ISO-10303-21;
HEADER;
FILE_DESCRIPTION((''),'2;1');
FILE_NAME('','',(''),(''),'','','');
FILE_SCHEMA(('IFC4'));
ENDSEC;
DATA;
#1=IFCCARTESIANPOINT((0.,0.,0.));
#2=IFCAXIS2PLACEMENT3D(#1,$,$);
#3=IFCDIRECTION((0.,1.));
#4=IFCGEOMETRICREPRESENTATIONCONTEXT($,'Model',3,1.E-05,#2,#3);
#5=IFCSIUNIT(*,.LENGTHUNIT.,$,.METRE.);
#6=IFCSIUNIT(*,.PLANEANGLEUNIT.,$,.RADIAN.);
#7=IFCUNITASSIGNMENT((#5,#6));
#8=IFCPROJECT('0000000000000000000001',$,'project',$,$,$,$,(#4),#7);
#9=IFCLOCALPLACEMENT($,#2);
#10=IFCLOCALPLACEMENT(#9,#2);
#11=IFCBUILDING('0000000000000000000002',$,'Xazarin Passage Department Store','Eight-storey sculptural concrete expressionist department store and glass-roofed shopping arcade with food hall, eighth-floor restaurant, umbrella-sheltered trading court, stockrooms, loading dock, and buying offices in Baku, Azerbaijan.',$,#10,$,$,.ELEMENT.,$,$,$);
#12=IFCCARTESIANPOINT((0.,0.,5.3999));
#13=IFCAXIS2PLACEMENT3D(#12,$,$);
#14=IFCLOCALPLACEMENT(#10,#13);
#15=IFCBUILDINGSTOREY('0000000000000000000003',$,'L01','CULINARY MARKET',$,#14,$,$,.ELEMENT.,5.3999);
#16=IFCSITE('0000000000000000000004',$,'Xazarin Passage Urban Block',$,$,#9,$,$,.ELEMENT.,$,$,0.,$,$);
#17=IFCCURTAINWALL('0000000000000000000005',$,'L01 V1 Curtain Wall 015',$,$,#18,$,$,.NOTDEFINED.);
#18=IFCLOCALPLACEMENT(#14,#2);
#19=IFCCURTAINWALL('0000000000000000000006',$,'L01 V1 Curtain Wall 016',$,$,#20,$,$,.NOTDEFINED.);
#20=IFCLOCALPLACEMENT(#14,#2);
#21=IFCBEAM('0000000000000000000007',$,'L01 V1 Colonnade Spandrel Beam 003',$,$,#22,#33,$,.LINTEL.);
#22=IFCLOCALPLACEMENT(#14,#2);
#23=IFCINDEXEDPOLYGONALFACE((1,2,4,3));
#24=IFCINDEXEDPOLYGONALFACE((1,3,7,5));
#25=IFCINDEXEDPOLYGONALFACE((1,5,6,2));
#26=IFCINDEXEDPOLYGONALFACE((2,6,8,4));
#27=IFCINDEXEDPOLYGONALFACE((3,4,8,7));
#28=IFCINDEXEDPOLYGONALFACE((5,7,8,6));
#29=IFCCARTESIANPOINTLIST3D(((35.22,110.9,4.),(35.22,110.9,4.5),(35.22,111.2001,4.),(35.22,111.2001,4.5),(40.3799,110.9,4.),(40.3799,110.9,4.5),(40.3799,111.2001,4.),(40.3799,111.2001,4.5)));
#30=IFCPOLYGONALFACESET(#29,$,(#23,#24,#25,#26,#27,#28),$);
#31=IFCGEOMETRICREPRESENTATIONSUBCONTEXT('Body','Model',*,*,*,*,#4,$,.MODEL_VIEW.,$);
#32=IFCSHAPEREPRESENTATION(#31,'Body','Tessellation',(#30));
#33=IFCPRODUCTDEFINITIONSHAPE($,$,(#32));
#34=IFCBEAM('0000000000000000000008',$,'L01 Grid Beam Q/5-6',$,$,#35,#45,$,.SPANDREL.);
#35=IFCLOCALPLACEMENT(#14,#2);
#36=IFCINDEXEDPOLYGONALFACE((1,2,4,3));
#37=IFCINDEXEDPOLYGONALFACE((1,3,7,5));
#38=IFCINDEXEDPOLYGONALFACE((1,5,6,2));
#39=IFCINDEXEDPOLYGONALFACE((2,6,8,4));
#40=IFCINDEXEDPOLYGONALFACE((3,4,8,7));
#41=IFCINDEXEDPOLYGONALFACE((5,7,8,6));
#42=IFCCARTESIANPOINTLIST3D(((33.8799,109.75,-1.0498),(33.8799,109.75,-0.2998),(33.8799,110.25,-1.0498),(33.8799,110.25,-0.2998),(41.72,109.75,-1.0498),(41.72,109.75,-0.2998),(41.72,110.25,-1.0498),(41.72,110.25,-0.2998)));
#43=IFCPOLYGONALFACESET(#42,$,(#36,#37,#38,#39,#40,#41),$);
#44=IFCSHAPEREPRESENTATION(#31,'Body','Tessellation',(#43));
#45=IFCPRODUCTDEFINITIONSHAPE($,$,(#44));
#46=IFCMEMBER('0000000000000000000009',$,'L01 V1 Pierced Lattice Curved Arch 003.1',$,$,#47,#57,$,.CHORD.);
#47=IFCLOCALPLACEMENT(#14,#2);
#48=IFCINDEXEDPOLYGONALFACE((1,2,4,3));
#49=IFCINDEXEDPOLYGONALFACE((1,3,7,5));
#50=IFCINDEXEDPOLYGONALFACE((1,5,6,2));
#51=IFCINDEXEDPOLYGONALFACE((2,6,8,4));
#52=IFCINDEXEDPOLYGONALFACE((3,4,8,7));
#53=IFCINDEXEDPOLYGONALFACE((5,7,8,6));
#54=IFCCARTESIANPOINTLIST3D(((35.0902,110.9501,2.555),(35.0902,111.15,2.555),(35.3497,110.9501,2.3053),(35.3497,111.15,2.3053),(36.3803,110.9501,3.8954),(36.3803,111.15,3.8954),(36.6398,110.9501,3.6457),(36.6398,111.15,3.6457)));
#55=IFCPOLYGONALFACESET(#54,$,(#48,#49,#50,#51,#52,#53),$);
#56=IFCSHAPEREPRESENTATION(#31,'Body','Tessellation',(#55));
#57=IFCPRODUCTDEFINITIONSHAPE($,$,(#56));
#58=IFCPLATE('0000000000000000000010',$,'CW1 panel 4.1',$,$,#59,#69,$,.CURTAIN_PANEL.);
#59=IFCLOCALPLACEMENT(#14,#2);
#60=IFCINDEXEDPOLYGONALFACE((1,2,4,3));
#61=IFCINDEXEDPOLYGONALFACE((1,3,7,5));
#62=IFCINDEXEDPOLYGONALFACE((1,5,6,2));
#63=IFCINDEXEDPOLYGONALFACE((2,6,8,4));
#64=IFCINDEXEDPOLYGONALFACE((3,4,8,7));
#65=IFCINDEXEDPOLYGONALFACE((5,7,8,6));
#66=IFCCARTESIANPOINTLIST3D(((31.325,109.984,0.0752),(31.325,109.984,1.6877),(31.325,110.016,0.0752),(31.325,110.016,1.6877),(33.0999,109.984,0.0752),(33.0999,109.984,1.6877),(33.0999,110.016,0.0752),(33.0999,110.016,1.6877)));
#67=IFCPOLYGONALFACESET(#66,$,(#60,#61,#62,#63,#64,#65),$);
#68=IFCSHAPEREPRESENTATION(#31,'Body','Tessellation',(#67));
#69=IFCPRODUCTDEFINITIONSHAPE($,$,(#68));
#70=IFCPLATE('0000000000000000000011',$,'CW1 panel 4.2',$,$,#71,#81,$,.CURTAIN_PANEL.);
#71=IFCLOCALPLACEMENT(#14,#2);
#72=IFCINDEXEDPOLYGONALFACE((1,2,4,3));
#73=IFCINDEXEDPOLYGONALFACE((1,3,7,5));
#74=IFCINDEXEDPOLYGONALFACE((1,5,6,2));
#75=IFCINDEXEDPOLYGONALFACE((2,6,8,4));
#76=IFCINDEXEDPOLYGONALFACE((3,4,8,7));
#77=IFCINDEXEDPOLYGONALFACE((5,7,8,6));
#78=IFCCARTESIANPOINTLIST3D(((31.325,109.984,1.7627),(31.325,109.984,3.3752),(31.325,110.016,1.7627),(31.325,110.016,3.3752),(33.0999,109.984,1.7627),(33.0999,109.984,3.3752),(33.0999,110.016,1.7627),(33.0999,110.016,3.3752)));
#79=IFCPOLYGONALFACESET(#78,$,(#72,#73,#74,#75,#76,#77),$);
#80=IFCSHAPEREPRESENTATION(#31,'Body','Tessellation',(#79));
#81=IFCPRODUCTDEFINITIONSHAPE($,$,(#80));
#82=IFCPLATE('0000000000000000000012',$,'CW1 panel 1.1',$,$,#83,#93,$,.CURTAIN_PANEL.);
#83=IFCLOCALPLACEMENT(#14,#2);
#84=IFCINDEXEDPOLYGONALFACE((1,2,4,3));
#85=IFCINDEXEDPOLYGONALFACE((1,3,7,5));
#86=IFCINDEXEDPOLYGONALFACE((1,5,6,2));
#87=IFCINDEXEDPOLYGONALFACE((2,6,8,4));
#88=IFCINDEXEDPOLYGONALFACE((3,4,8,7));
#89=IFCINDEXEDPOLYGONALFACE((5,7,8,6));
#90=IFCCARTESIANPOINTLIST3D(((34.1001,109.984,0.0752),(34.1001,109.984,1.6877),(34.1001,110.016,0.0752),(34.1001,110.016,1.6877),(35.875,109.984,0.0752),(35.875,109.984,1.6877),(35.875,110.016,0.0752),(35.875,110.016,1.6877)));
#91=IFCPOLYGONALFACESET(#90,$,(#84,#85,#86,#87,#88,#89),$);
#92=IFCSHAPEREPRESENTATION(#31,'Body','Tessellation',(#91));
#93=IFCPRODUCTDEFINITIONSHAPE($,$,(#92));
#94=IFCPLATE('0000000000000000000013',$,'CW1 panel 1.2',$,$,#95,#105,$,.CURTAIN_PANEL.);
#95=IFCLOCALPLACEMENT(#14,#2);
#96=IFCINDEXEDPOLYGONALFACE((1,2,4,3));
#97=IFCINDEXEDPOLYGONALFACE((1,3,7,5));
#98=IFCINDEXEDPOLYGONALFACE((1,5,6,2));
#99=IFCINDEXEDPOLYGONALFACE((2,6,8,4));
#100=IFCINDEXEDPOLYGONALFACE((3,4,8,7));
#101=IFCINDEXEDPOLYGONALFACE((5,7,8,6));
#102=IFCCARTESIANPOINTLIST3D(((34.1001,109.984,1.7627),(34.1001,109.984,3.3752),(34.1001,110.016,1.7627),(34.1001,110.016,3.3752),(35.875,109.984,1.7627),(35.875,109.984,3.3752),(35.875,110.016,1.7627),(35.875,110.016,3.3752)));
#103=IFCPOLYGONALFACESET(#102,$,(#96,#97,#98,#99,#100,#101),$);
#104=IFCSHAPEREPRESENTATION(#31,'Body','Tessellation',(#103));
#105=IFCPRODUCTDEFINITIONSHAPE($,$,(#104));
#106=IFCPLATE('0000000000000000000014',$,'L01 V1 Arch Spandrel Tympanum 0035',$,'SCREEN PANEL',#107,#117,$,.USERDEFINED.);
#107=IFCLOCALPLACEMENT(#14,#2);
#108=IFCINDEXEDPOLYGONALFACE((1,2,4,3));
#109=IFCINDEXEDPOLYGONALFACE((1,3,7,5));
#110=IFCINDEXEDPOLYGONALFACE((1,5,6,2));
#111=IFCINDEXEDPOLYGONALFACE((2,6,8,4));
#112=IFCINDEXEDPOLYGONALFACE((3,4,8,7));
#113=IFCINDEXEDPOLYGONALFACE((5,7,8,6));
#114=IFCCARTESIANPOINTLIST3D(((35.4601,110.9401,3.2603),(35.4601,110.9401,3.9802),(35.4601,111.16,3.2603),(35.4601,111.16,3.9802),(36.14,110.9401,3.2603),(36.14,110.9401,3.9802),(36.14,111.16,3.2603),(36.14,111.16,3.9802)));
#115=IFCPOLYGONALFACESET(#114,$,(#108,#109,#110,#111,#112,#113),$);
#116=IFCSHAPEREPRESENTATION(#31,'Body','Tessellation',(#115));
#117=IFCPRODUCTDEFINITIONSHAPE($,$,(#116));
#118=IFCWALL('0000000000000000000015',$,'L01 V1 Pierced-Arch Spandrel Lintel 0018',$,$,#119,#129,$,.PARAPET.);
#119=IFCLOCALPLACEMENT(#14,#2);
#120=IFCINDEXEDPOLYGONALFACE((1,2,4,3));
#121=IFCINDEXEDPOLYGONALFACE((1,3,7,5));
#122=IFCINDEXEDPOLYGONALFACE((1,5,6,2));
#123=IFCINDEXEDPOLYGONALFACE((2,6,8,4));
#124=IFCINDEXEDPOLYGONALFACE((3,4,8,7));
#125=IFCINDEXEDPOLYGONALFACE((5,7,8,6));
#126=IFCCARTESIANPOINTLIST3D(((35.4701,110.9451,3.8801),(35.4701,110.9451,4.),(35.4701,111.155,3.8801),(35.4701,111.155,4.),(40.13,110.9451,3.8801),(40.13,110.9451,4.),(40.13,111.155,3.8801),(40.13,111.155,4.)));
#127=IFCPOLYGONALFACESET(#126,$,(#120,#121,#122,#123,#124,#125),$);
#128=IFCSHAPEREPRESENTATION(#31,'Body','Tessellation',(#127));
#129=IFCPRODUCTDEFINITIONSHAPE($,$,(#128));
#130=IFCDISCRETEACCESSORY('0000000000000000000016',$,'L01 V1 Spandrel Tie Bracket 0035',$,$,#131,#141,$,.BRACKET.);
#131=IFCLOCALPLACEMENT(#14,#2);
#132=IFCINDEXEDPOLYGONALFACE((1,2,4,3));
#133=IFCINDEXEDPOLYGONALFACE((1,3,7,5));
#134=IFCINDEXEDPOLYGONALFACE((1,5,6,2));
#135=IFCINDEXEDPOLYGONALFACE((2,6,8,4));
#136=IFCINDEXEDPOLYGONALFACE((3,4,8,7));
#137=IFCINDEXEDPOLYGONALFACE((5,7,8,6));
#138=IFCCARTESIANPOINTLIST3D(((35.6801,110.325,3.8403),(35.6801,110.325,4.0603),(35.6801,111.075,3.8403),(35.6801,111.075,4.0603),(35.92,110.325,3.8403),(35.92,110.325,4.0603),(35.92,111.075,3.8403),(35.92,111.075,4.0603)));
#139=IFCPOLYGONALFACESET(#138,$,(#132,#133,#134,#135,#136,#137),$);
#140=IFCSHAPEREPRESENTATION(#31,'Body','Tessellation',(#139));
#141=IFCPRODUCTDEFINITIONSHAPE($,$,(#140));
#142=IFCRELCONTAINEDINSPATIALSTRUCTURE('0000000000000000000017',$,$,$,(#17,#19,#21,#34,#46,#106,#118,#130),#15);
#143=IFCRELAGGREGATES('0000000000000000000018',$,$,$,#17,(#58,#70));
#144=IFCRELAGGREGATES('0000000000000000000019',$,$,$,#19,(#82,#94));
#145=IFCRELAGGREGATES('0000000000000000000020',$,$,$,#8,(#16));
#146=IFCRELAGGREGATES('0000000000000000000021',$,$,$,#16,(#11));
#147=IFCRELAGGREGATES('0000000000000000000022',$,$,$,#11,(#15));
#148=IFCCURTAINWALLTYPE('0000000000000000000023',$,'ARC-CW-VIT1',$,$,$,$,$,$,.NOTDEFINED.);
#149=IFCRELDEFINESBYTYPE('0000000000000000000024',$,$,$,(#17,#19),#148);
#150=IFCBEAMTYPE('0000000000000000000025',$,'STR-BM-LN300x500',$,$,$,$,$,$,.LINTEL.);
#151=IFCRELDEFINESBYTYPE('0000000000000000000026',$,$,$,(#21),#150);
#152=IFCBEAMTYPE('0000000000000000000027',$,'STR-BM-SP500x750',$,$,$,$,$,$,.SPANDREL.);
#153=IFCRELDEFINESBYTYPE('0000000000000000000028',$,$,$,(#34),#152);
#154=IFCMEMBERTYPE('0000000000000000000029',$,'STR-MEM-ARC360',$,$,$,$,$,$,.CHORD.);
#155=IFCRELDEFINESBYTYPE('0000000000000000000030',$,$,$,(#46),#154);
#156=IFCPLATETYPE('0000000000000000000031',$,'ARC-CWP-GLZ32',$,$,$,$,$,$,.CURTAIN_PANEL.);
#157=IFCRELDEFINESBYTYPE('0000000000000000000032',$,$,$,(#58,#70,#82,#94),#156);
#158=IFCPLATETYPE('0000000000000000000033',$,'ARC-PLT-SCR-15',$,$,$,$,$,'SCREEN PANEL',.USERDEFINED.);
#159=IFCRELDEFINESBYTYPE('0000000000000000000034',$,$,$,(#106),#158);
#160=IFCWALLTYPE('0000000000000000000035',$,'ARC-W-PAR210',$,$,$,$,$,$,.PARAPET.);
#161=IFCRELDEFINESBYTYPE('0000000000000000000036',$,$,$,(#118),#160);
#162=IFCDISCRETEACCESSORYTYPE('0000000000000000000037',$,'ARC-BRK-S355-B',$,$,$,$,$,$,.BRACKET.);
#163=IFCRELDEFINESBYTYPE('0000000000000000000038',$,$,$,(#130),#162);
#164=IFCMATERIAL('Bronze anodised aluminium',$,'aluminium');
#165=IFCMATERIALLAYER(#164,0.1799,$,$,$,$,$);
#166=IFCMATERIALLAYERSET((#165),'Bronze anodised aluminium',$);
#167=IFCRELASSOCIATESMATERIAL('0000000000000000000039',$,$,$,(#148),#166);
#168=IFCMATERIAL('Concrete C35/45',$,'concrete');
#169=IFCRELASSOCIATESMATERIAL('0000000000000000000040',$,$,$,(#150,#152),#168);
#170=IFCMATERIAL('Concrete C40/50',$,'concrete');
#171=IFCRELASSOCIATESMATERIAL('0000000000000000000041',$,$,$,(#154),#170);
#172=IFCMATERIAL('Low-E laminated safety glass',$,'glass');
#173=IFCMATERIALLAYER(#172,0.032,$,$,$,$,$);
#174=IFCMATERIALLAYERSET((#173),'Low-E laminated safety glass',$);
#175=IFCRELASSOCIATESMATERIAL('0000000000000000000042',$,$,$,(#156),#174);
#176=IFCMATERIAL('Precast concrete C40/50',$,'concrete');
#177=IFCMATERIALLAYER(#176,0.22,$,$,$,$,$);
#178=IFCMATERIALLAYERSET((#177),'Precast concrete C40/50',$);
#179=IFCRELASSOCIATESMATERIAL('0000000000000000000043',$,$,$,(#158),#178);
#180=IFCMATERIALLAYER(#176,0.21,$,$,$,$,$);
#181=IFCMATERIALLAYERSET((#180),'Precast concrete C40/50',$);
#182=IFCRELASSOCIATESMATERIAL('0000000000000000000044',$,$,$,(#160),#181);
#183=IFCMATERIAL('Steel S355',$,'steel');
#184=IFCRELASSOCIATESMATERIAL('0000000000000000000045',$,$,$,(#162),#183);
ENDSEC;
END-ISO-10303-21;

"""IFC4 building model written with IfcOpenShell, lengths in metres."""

from ifc_helpers import new_model, si_unit, direction, frame, frame_2d, origin, origin_2d, place, context, subcontext, project, spatial, rectangle, extrude, material, layer, layer_set, material_profile, profile_set, type_object, element, aggregate, save


model = new_model("IFC4")

# Units and contexts
model_context = context("Model", 3, precision=1e-05, world=origin(), true_north=direction((0.0, 1.0)))
body_context = subcontext(model_context, "Body", "Model", "MODEL_VIEW")
ifc_project = project(units=[si_unit("LENGTHUNIT", "METRE"), si_unit("PLANEANGLEUNIT", "RADIAN")], contexts=[model_context])

# Site, building, storey
site_placement = place(None, origin())
site = spatial("IfcSite", under=ifc_project, at=site_placement, Name="Xazarin Passage Urban Block", CompositionType="ELEMENT", RefElevation=0.0)
building_placement = place(site_placement, origin())
building = spatial("IfcBuilding", under=site, at=building_placement, Name="Xazarin Passage Department Store", Description="Eight-storey sculptural concrete expressionist department store and glass-roofed shopping arcade with food hall, eighth-floor restaurant, umbrella-sheltered trading court, stockrooms, loading dock, and buying offices in Baku, Azerbaijan.", CompositionType="ELEMENT")
storey_placement = place(building_placement, frame((0.0, 0.0, 5.3999)))
storey = spatial("IfcBuildingStorey", under=building, at=storey_placement, Name="L01", Description="CULINARY MARKET", CompositionType="ELEMENT", Elevation=5.3999)

# Shared definitions
ifc_material_1 = material(Name="Concrete C40/50", Category="concrete")

# Curtain wall
ifc_material_2 = material(Name="Bronze anodised aluminium", Category="aluminium")
ifc_layer_1 = layer(ifc_material_2, 0.1799)
ifc_layer_set_1 = layer_set([ifc_layer_1], Name="Bronze anodised aluminium")
curtain_wall_type = type_object("IfcCurtainWallType", Name="ARC-CW-VIT1", PredefinedType="NOTDEFINED", material=ifc_layer_set_1)
curtain_wall_1_placement = place(storey_placement, origin())
curtain_wall_1 = element("IfcCurtainWall", 1, at=curtain_wall_1_placement, inside=storey, type_object=curtain_wall_type, Name="L01 V1 Curtain Wall 015", PredefinedType="NOTDEFINED")

# Curtain wall
curtain_wall_2_placement = place(storey_placement, origin())
curtain_wall_2 = element("IfcCurtainWall", 2, at=curtain_wall_2_placement, inside=storey, type_object=curtain_wall_type, Name="L01 V1 Curtain Wall 016", PredefinedType="NOTDEFINED")

# Beams
ifc_material_3 = material(Name="Concrete C35/45", Category="concrete")
ifc_material_profile_1 = material_profile(ifc_material_3, rectangle(XDim=0.3, YDim=0.5, at=origin_2d()), Name="RC 300x500")
ifc_profile_set_1 = profile_set([ifc_material_profile_1], Name="Concrete C35/45")
beam_type_1 = type_object("IfcBeamType", Name="STR-BM-LN300x500", PredefinedType="LINTEL", material=ifc_profile_set_1)
beam_1_placement = place(storey_placement, frame((35.22, 111.05, 4.25), z_axis=(1.0, 0.0, 0.0), x_axis=(0.0, 1.0, 0.0)))
element("IfcBeam", 3, at=beam_1_placement, inside=storey, type_object=beam_type_1, Name="L01 V1 Colonnade Spandrel Beam 003", PredefinedType="LINTEL", context=body_context, shape_type="SweptSolid", body=[
    extrude(rectangle(XDim=0.3, YDim=0.5, at=origin_2d()), origin(), (0.0, 0.0, 1.0), 5.1599),
])
ifc_material_profile_2 = material_profile(ifc_material_3, rectangle(XDim=0.5, YDim=0.75, at=origin_2d()), Name="RC 500x750")
ifc_profile_set_2 = profile_set([ifc_material_profile_2], Name="Concrete C35/45")
beam_type_2 = type_object("IfcBeamType", Name="STR-BM-SP500x750", PredefinedType="SPANDREL", material=ifc_profile_set_2)
beam_2_placement = place(storey_placement, frame((33.8799, 110.0, -0.6748), z_axis=(1.0, 0.0, 0.0), x_axis=(0.0, 1.0, 0.0)))
element("IfcBeam", 4, at=beam_2_placement, inside=storey, type_object=beam_type_2, Name="L01 Grid Beam Q/5-6", PredefinedType="SPANDREL", context=body_context, shape_type="SweptSolid", body=[
    extrude(rectangle(XDim=0.5, YDim=0.75, at=origin_2d()), origin(), (0.0, 0.0, 1.0), 7.8401),
])

# Member
ifc_material_profile_3 = material_profile(ifc_material_1, rectangle(XDim=0.2, YDim=0.3601, at=origin_2d()), Name="RC 200x360")
ifc_profile_set_3 = profile_set([ifc_material_profile_3], Name="Concrete C40/50")
member_type_1 = type_object("IfcMemberType", Name="STR-MEM-ARC360", PredefinedType="CHORD", material=ifc_profile_set_3)
member_1_placement = place(storey_placement, frame((35.22, 111.05, 2.4302), z_axis=(0.69346, 0.0, 0.720495), x_axis=(0.0, 1.0, 0.0)))
element("IfcMember", 5, at=member_1_placement, inside=storey, type_object=member_type_1, Name="L01 V1 Pierced Lattice Curved Arch 003.1", PredefinedType="CHORD", context=body_context, shape_type="SweptSolid", body=[
    extrude(rectangle(XDim=0.2, YDim=0.3601, at=origin_2d()), origin(), (0.0, 0.0, 1.0), 1.8604),
])

# Plates
ifc_material_4 = material(Name="Low-E laminated safety glass", Category="glass")
ifc_layer_2 = layer(ifc_material_4, 0.032)
ifc_layer_set_2 = layer_set([ifc_layer_2], Name="Low-E laminated safety glass")
plate_type_1 = type_object("IfcPlateType", Name="ARC-CWP-GLZ32", PredefinedType="CURTAIN_PANEL", material=ifc_layer_set_2)
plate_1_placement = place(storey_placement, frame((32.2124, 110.0, 0.0752), z_axis=(0.0, 0.0, 1.0), x_axis=(1.0, 0.0, 0.0)))
plate_1 = element("IfcPlate", 6, at=plate_1_placement, type_object=plate_type_1, Name="CW1 panel 4.1", PredefinedType="CURTAIN_PANEL", context=body_context, shape_type="SweptSolid", body=[
    extrude(rectangle(XDim=1.7749, YDim=0.032, at=origin_2d()), origin(), (0.0, 0.0, 1.0), 1.6125),
])
plate_2_placement = place(storey_placement, frame((32.2124, 110.0, 1.7627), z_axis=(0.0, 0.0, 1.0), x_axis=(1.0, 0.0, 0.0)))
plate_2 = element("IfcPlate", 7, at=plate_2_placement, type_object=plate_type_1, Name="CW1 panel 4.2", PredefinedType="CURTAIN_PANEL", context=body_context, shape_type="SweptSolid", body=[
    extrude(rectangle(XDim=1.7749, YDim=0.032, at=origin_2d()), origin(), (0.0, 0.0, 1.0), 1.6125),
])
aggregate(curtain_wall_1, [plate_1, plate_2])
plate_3_placement = place(storey_placement, frame((34.9875, 110.0, 0.0752), z_axis=(0.0, 0.0, 1.0), x_axis=(1.0, 0.0, 0.0)))
plate_3 = element("IfcPlate", 8, at=plate_3_placement, type_object=plate_type_1, Name="CW1 panel 1.1", PredefinedType="CURTAIN_PANEL", context=body_context, shape_type="SweptSolid", body=[
    extrude(rectangle(XDim=1.7749, YDim=0.032, at=origin_2d()), origin(), (0.0, 0.0, 1.0), 1.6125),
])
plate_4_placement = place(storey_placement, frame((34.9875, 110.0, 1.7627), z_axis=(0.0, 0.0, 1.0), x_axis=(1.0, 0.0, 0.0)))
plate_4 = element("IfcPlate", 9, at=plate_4_placement, type_object=plate_type_1, Name="CW1 panel 1.2", PredefinedType="CURTAIN_PANEL", context=body_context, shape_type="SweptSolid", body=[
    extrude(rectangle(XDim=1.7749, YDim=0.032, at=origin_2d()), origin(), (0.0, 0.0, 1.0), 1.6125),
])
aggregate(curtain_wall_2, [plate_3, plate_4])
ifc_material_5 = material(Name="Precast concrete C40/50", Category="concrete")
ifc_layer_3 = layer(ifc_material_5, 0.22)
ifc_layer_set_3 = layer_set([ifc_layer_3], Name="Precast concrete C40/50")
plate_type_2 = type_object("IfcPlateType", Name="ARC-PLT-SCR-15", ElementType="SCREEN PANEL", PredefinedType="USERDEFINED", material=ifc_layer_set_3)
plate_5_placement = place(storey_placement, frame((35.8, 111.05, 3.2603), z_axis=(0.0, 0.0, 1.0), x_axis=(1.0, 0.0, 0.0)))
element("IfcPlate", 10, at=plate_5_placement, inside=storey, type_object=plate_type_2, Name="L01 V1 Arch Spandrel Tympanum 0035", ObjectType="SCREEN PANEL", PredefinedType="USERDEFINED", context=body_context, shape_type="SweptSolid", body=[
    extrude(rectangle(XDim=0.6799, YDim=0.22, at=origin_2d()), origin(), (0.0, 0.0, 1.0), 0.72),
])

# Wall
ifc_layer_4 = layer(ifc_material_5, 0.21)
ifc_layer_set_4 = layer_set([ifc_layer_4], Name="Precast concrete C40/50")
wall_type = type_object("IfcWallType", Name="ARC-W-PAR210", PredefinedType="PARAPET", material=ifc_layer_set_4)
wall_placement = place(storey_placement, frame((35.47, 111.05, 3.8801), z_axis=(0.0, 0.0, 1.0), x_axis=(1.0, 0.0, 0.0)))
element("IfcWall", 11, at=wall_placement, inside=storey, type_object=wall_type, Name="L01 V1 Pierced-Arch Spandrel Lintel 0018", PredefinedType="PARAPET", context=body_context, shape_type="SweptSolid", body=[
    extrude(rectangle(XDim=4.6599, YDim=0.21, at=frame_2d((2.3301, 0.0))), origin(), (0.0, 0.0, 1.0), 0.1199),
])

# Discrete accessory
ifc_material_6 = material(Name="Steel S355", Category="steel")
discrete_accessory_type = type_object("IfcDiscreteAccessoryType", Name="ARC-BRK-S355-B", PredefinedType="BRACKET", material=ifc_material_6)
discrete_accessory_placement = place(storey_placement, frame((35.8, 110.7, 3.8403), z_axis=(0.0, 0.0, 1.0), x_axis=(1.0, 0.0, 0.0)))
element("IfcDiscreteAccessory", 12, at=discrete_accessory_placement, inside=storey, type_object=discrete_accessory_type, Name="L01 V1 Spandrel Tie Bracket 0035", PredefinedType="BRACKET", context=body_context, shape_type="SweptSolid", body=[
    extrude(rectangle(XDim=0.24, YDim=0.75, at=origin_2d()), origin(), (0.0, 0.0, 1.0), 0.22),
])

save(model, "model.ifc")
